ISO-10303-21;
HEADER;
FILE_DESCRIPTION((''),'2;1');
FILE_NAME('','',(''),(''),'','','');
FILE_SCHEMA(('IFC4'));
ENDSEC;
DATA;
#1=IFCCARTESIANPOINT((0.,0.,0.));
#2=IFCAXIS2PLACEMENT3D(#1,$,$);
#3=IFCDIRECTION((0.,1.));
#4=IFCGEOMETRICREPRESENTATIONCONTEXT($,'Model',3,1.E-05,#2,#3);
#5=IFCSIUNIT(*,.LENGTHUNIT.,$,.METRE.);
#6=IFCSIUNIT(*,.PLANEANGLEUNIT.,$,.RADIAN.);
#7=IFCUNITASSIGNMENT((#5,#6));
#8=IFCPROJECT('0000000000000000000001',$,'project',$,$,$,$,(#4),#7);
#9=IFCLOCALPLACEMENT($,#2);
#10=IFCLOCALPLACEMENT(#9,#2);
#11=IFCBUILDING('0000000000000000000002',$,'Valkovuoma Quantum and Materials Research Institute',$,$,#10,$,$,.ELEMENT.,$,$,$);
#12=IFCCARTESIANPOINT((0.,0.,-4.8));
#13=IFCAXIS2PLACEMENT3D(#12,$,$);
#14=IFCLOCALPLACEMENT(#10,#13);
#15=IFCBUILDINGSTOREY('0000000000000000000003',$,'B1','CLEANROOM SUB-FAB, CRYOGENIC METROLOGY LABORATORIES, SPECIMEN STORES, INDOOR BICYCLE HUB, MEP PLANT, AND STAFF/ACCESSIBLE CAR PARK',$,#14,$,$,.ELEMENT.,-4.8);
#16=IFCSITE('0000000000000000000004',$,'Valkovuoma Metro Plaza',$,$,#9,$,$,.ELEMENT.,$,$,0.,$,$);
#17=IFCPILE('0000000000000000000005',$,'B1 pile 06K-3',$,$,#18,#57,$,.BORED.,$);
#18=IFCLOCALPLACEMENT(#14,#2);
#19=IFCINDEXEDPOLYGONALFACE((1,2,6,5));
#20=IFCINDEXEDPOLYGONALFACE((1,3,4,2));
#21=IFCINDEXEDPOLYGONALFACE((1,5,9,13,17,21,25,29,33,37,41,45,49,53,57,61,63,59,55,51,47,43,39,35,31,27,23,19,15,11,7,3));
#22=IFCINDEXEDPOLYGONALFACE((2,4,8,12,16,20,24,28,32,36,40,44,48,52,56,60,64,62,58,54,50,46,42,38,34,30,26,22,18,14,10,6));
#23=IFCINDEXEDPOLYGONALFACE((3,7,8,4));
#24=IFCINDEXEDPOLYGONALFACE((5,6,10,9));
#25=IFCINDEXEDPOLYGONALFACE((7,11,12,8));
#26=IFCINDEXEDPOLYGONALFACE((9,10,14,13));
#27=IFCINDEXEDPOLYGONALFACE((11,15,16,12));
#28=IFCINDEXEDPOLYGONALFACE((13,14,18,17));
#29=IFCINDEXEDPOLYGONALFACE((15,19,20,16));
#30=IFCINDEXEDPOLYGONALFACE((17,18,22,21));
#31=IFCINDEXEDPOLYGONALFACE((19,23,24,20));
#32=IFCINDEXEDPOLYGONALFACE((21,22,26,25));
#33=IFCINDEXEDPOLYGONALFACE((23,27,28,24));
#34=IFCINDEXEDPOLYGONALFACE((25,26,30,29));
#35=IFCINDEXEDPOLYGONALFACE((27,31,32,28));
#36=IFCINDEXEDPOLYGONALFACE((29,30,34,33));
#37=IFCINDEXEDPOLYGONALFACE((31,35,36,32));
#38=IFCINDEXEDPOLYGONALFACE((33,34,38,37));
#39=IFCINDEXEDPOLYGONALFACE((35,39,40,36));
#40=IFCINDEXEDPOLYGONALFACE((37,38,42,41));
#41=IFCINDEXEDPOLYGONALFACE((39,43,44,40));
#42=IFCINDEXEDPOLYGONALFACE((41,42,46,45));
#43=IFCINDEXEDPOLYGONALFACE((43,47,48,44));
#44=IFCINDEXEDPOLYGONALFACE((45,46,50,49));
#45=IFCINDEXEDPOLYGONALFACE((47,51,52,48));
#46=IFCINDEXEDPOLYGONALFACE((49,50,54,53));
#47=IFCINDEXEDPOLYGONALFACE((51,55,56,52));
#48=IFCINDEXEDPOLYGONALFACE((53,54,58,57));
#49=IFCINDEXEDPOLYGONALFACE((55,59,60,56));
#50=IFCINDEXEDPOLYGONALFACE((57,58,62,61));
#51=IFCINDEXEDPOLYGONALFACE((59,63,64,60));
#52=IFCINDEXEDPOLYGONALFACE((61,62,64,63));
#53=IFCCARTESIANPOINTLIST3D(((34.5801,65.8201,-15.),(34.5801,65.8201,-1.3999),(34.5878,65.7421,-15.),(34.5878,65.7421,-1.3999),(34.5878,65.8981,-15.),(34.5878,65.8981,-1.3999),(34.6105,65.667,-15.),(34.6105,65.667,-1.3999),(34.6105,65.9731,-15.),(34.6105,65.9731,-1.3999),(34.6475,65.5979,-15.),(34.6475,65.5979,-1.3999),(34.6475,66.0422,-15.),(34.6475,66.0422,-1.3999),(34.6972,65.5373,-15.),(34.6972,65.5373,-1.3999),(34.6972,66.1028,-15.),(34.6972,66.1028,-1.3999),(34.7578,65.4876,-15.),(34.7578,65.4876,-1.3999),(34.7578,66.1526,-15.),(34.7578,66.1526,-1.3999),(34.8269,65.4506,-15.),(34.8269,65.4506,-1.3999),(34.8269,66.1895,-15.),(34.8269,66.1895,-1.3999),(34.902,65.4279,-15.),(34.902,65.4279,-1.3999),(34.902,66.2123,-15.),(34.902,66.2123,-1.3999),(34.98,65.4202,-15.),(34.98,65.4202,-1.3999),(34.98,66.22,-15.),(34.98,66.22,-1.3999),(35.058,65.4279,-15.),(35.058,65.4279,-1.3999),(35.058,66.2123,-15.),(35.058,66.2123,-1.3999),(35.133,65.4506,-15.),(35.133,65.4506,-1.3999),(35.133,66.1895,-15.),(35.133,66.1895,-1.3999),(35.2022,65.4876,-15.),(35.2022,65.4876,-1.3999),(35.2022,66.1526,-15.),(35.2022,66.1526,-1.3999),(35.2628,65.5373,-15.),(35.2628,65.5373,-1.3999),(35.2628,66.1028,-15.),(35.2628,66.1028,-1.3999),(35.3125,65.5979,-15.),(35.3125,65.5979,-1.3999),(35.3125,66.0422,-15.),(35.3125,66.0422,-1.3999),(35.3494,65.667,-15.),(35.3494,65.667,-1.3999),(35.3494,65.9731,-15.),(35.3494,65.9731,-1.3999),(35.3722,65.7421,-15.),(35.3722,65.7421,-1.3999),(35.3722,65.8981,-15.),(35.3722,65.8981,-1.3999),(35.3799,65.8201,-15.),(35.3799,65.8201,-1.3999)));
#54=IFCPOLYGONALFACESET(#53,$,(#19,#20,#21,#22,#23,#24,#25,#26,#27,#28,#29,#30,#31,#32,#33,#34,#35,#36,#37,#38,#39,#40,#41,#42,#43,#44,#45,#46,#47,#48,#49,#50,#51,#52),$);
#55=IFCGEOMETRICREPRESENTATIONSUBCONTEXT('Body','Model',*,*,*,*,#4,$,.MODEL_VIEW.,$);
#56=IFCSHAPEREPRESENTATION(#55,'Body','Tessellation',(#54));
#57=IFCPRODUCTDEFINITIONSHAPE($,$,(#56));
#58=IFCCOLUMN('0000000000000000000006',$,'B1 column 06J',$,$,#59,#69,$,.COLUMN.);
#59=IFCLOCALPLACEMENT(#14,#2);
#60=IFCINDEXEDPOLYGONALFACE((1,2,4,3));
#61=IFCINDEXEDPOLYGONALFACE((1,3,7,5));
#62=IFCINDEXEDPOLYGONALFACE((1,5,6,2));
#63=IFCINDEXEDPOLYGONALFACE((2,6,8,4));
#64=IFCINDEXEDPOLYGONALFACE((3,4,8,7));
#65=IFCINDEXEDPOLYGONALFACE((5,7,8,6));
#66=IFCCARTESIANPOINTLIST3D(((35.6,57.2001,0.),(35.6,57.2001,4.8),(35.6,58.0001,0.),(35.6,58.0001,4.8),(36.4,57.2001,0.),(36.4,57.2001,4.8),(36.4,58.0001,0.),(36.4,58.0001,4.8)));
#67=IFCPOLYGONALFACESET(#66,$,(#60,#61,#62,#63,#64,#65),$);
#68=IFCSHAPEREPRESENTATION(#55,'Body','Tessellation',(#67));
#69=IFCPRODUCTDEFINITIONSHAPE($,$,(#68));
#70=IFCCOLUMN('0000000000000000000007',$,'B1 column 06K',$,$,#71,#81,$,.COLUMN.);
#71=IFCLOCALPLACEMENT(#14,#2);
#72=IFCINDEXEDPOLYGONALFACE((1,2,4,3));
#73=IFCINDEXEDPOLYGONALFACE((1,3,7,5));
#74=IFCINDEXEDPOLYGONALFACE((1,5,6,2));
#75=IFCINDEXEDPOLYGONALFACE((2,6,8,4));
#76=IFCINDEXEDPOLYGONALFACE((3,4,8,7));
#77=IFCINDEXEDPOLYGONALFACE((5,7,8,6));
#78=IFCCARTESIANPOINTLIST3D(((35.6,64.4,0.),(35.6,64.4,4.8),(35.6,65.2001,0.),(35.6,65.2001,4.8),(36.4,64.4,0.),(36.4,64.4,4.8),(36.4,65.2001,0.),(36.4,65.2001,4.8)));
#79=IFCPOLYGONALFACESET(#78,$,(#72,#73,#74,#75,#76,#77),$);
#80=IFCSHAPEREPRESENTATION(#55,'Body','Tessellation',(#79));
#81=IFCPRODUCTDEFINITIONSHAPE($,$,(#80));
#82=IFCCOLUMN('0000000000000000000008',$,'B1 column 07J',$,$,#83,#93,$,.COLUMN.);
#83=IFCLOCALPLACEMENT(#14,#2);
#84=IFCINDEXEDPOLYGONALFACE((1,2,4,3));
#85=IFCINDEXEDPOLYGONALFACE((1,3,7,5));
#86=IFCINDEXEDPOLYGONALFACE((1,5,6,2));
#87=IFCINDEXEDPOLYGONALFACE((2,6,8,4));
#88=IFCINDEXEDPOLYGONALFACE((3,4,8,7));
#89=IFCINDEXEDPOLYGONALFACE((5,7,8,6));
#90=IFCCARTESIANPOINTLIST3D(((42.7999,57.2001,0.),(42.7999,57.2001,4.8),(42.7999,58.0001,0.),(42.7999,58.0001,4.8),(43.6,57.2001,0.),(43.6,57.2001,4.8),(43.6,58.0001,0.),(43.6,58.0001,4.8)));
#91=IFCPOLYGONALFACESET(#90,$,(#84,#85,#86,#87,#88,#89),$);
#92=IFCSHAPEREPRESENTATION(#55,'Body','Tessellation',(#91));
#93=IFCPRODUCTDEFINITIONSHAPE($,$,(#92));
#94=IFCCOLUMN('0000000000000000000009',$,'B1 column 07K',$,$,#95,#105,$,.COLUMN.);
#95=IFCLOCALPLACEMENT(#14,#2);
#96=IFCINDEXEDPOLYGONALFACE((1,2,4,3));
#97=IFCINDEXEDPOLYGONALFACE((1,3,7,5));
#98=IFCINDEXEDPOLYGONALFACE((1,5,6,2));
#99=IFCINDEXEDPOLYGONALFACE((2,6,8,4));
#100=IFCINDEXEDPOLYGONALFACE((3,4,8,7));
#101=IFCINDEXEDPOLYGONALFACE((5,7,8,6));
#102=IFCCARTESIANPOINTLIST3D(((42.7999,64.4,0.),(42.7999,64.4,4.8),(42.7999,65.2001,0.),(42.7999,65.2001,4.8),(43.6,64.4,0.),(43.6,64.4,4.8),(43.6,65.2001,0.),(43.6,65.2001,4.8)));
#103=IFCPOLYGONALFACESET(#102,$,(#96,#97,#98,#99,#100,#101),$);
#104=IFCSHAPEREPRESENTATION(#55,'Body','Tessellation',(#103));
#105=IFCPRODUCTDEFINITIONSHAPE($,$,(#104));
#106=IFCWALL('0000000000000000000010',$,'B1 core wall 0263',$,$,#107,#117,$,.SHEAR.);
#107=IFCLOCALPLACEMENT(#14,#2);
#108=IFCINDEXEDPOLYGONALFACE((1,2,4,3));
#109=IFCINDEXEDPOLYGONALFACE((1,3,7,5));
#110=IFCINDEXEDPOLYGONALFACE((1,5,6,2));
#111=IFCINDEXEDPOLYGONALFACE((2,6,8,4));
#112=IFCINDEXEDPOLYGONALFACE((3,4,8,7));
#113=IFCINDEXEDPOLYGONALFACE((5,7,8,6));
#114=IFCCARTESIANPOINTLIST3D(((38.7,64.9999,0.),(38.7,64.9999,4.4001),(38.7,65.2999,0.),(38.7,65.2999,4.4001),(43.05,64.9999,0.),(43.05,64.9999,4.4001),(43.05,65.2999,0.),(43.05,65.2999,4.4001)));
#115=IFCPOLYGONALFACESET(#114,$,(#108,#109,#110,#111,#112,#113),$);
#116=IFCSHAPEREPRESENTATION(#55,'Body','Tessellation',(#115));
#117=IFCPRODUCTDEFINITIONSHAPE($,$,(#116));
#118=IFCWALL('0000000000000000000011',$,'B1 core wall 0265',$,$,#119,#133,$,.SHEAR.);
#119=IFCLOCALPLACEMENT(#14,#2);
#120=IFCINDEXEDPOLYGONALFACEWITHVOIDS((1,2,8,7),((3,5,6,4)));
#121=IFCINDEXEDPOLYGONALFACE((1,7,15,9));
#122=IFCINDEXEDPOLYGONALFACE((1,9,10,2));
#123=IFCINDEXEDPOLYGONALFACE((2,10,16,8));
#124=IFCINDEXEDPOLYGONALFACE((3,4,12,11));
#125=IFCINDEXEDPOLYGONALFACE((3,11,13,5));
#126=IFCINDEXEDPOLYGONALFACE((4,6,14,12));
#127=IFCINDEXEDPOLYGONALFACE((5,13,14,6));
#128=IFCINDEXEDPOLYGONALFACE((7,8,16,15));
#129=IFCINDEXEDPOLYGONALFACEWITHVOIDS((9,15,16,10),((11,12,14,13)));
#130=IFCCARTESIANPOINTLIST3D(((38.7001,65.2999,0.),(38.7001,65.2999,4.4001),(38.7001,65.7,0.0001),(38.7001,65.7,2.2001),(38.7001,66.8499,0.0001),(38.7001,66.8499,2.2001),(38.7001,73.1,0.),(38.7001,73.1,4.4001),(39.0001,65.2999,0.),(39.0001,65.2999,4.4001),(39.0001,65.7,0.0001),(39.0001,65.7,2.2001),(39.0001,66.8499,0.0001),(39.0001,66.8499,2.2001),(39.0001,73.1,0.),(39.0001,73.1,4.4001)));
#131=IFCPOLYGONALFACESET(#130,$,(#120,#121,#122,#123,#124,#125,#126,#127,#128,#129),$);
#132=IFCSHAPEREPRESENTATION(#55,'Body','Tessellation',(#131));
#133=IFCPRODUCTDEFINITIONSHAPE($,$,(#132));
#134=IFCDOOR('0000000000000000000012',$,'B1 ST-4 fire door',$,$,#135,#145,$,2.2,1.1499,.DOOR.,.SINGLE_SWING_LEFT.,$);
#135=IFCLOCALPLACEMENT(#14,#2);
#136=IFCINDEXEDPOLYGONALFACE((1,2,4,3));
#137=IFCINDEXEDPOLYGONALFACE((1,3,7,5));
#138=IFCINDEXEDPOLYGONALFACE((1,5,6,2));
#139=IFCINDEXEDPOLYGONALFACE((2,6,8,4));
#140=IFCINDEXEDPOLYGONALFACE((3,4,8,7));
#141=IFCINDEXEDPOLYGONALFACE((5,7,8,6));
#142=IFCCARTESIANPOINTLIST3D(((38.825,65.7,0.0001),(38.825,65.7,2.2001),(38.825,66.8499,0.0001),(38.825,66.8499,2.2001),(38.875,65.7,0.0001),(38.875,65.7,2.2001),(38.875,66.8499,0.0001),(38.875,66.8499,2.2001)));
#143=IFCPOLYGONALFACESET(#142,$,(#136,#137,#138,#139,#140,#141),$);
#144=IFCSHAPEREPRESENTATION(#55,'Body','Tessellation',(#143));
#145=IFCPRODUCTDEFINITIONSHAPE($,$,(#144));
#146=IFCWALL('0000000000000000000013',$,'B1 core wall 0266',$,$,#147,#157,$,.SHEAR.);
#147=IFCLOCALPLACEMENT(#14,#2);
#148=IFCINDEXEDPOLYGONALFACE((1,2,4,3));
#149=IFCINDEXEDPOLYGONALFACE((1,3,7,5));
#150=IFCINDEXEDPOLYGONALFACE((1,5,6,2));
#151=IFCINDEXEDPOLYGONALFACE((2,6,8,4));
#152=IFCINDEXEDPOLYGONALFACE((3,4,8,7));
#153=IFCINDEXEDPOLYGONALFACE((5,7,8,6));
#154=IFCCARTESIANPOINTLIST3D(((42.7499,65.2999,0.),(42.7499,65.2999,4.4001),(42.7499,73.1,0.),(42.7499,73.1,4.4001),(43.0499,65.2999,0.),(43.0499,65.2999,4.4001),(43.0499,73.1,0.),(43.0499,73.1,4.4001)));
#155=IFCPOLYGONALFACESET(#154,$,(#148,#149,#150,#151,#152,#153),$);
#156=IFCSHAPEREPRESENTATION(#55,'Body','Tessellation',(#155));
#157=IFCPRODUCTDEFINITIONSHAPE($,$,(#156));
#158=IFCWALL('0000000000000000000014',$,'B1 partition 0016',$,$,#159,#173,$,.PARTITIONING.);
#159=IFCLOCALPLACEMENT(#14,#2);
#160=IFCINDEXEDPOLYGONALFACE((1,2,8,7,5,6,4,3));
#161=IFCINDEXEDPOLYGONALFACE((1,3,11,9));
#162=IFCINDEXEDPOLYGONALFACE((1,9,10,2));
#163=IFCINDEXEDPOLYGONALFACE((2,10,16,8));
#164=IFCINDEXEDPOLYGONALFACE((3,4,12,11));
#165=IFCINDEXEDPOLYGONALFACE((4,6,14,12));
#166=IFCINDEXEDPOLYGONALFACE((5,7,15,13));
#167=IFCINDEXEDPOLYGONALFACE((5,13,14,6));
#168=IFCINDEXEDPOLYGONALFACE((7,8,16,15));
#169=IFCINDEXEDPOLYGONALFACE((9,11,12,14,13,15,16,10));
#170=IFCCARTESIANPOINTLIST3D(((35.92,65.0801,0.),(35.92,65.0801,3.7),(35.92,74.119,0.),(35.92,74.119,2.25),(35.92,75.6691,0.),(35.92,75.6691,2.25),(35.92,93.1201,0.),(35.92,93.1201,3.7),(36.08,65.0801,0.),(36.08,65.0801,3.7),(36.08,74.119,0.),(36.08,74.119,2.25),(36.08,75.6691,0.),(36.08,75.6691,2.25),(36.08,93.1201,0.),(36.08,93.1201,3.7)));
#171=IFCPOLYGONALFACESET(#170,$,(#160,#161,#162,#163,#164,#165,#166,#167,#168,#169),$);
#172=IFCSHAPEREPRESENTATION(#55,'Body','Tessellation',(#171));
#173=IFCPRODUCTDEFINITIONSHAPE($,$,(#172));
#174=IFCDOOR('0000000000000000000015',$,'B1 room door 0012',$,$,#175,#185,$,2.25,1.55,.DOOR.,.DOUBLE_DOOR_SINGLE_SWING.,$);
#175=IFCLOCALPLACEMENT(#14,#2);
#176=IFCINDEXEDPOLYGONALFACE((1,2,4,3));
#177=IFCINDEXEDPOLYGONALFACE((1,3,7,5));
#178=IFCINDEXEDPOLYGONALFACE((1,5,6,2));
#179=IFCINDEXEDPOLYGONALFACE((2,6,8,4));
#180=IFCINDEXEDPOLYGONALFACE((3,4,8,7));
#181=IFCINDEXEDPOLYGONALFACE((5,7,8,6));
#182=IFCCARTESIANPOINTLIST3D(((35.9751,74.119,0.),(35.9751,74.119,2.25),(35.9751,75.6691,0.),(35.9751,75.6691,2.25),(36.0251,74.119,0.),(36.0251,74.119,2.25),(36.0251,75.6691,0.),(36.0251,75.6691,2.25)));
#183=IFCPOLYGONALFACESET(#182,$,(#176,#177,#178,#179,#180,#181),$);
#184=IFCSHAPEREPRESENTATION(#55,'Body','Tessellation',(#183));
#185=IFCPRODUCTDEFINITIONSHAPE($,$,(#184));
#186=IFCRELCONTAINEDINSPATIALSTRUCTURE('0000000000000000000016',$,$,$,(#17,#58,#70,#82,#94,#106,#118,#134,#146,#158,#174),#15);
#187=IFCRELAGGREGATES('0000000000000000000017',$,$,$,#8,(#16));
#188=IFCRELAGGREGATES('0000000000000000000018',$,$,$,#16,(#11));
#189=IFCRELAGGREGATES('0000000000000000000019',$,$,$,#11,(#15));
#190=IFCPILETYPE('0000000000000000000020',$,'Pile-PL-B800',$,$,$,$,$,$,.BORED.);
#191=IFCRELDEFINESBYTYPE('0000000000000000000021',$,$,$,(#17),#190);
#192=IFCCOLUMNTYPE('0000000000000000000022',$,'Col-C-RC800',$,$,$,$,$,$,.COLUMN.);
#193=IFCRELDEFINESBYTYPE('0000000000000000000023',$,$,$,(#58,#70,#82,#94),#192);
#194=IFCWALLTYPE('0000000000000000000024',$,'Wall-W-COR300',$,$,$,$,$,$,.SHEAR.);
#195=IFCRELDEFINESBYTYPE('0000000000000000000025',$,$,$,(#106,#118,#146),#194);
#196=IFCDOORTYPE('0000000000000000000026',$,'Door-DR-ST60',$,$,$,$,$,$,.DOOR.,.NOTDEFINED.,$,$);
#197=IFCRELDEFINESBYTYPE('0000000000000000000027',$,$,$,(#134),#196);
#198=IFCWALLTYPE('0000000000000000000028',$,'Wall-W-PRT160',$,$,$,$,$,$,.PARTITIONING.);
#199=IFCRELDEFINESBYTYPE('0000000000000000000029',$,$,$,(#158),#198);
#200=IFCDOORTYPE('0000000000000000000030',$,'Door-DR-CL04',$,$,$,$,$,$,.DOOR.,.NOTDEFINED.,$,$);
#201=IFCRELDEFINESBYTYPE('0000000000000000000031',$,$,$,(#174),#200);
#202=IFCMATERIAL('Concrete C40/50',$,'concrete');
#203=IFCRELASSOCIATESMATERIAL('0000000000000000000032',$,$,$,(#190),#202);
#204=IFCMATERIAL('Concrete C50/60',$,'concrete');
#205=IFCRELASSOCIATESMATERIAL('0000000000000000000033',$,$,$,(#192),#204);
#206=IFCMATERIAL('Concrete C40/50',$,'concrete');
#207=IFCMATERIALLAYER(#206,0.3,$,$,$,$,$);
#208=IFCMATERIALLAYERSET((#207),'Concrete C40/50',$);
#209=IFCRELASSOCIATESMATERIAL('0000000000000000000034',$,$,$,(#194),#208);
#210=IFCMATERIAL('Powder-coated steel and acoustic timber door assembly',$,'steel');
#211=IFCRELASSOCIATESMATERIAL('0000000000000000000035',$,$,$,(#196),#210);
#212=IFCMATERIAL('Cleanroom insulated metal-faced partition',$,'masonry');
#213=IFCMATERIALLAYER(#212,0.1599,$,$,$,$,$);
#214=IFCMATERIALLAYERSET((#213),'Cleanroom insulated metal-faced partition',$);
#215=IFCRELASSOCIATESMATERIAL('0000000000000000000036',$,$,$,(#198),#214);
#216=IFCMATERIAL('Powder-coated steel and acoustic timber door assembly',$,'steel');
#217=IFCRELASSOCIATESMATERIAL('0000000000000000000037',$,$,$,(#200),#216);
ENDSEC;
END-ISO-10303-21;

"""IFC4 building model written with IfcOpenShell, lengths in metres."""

from ifc_helpers import new_model, si_unit, direction, frame, frame_2d, origin, origin_2d, place, context, subcontext, project, spatial, rectangle, circle, extrude, material, layer, layer_set, material_profile, profile_set, type_object, element, fill, save


model = new_model("IFC4")

# Units and contexts
model_context = context("Model", 3, precision=1e-05, world=origin(), true_north=direction((0.0, 1.0)))
body_context = subcontext(model_context, "Body", "Model", "MODEL_VIEW")
ifc_project = project(units=[si_unit("LENGTHUNIT", "METRE"), si_unit("PLANEANGLEUNIT", "RADIAN")], contexts=[model_context])

# Site, building, storey
site_placement = place(None, origin())
site = spatial("IfcSite", under=ifc_project, at=site_placement, Name="Valkovuoma Metro Plaza", CompositionType="ELEMENT", RefElevation=0.0)
building_placement = place(site_placement, origin())
building = spatial("IfcBuilding", under=site, at=building_placement, Name="Valkovuoma Quantum and Materials Research Institute", CompositionType="ELEMENT")
storey_placement = place(building_placement, frame((0.0, 0.0, -4.8)))
storey = spatial("IfcBuildingStorey", under=building, at=storey_placement, Name="B1", Description="CLEANROOM SUB-FAB, CRYOGENIC METROLOGY LABORATORIES, SPECIMEN STORES, INDOOR BICYCLE HUB, MEP PLANT, AND STAFF/ACCESSIBLE CAR PARK", CompositionType="ELEMENT", Elevation=-4.8)

# Pile
ifc_material_1 = material(Name="Concrete C40/50", Category="concrete")
ifc_material_profile_1 = material_profile(ifc_material_1, circle(Radius=0.3999, at=origin_2d()), Name="Concrete C40/50")
ifc_profile_set_1 = profile_set([ifc_material_profile_1], Name="Concrete C40/50")
pile_type_1 = type_object("IfcPileType", Name="Pile-PL-B800", PredefinedType="BORED", material=ifc_profile_set_1)
for number, where, z_axis, x_axis, name in (
    (1, (34.98, 65.8201, -1.3999), (0.0, 0.0, -1.0), (1.0, 0.0, 0.0), "B1 pile 06K-3"),
):
    element("IfcPile", number, at=place(storey_placement, frame(where, z_axis=z_axis, x_axis=x_axis)), inside=storey, type_object=pile_type_1, Name=name, PredefinedType="BORED", context=body_context, shape_type="SweptSolid", body=[
        extrude(circle(Radius=0.3999, at=origin_2d()), origin(), (0.0, 0.0, 1.0), 13.6001),
    ])

# Columns
ifc_material_2 = material(Name="Concrete C50/60", Category="concrete")
ifc_material_profile_2 = material_profile(ifc_material_2, rectangle(XDim=0.8, YDim=0.8, at=origin_2d()), Name="Concrete C50/60")
ifc_profile_set_2 = profile_set([ifc_material_profile_2], Name="Concrete C50/60")
column_type = type_object("IfcColumnType", Name="Col-C-RC800", PredefinedType="COLUMN", material=ifc_profile_set_2)
for number, where, z_axis, x_axis, name in (
    (2, (36.0, 57.6001, 0.0), (0.0, 0.0, 1.0), (1.0, 0.0, 0.0), "B1 column 06J"),
    (3, (36.0, 64.8, 0.0), (0.0, 0.0, 1.0), (1.0, 0.0, 0.0), "B1 column 06K"),
    (4, (43.2, 57.6001, 0.0), (0.0, 0.0, 1.0), (1.0, 0.0, 0.0), "B1 column 07J"),
    (5, (43.2, 64.8, 0.0), (0.0, 0.0, 1.0), (1.0, 0.0, 0.0), "B1 column 07K"),
):
    element("IfcColumn", number, at=place(storey_placement, frame(where, z_axis=z_axis, x_axis=x_axis)), inside=storey, type_object=column_type, Name=name, PredefinedType="COLUMN", context=body_context, shape_type="SweptSolid", body=[
        extrude(rectangle(XDim=0.8, YDim=0.8, at=origin_2d()), origin(), (0.0, 0.0, 1.0), 4.8),
    ])

# Wall
ifc_material_3 = material(Name="Concrete C40/50", Category="concrete")
ifc_layer_1 = layer(ifc_material_3, 0.3)
ifc_layer_set_1 = layer_set([ifc_layer_1], Name="Concrete C40/50")
wall_type_1 = type_object("IfcWallType", Name="Wall-W-COR300", PredefinedType="SHEAR", material=ifc_layer_set_1)
wall_1_placement = place(storey_placement, frame((38.7, 65.1499, 0.0), z_axis=(0.0, 0.0, 1.0), x_axis=(1.0, 0.0, 0.0)))
element("IfcWall", 6, at=wall_1_placement, inside=storey, type_object=wall_type_1, Name="B1 core wall 0263", PredefinedType="SHEAR", context=body_context, shape_type="SweptSolid", body=[
    extrude(rectangle(XDim=4.3501, YDim=0.3, at=frame_2d((2.175, 0.0))), origin(), (0.0, 0.0, 1.0), 4.4001),
])

# Wall, opening, door
wall_2_placement = place(storey_placement, frame((38.8501, 65.3, 0.0), z_axis=(0.0, 0.0, 1.0), x_axis=(0.0, 1.0, 0.0)))
wall_2 = element("IfcWall", 7, at=wall_2_placement, inside=storey, type_object=wall_type_1, Name="B1 core wall 0265", PredefinedType="SHEAR", context=body_context, shape_type="SweptSolid", body=[
    extrude(rectangle(XDim=7.8, YDim=0.3, at=frame_2d((3.8999, 0.0))), origin(), (0.0, 0.0, 1.0), 4.4001),
])
opening_1_placement = place(wall_2_placement, frame((0.3999, 0.0, 0.0)))
opening_1 = element("IfcOpeningElement", 8, at=opening_1_placement, cuts=wall_2, PredefinedType="OPENING", context=body_context, shape_type="SweptSolid", body=[
    extrude(rectangle(XDim=1.1499, YDim=2.2, at=frame_2d((0.575, 1.1001))), frame((0.0, 0.1602, 0.0), z_axis=(0.0, -1.0, 0.0), x_axis=(1.0, 0.0, 0.0)), (0.0, 0.0, 1.0), 0.3201),
])
ifc_material_4 = material(Name="Powder-coated steel and acoustic timber door assembly", Category="steel")
door_type_1 = type_object("IfcDoorType", Name="Door-DR-ST60", OperationType="NOTDEFINED", PredefinedType="DOOR", material=ifc_material_4)
door_1_placement = place(opening_1_placement, frame((1.1499, 0.0, 0.0), z_axis=(0.0, 0.0, 1.0), x_axis=(-1.0, 0.0, 0.0)))
door_1 = element("IfcDoor", 9, at=door_1_placement, inside=storey, type_object=door_type_1, Name="B1 ST-4 fire door", OperationType="SINGLE_SWING_LEFT", OverallHeight=2.2, OverallWidth=1.1499, PredefinedType="DOOR", context=body_context, shape_type="SweptSolid", body=[
    extrude(rectangle(XDim=1.1499, YDim=2.2, at=frame_2d((0.575, 1.1001))), frame((0.0, 0.0249, 0.0), z_axis=(0.0, -1.0, 0.0), x_axis=(1.0, 0.0, 0.0)), (0.0, 0.0, 1.0), 0.05),
])
fill(opening_1, door_1)

# Wall
wall_3_placement = place(storey_placement, frame((42.8999, 65.3, 0.0), z_axis=(0.0, 0.0, 1.0), x_axis=(0.0, 1.0, 0.0)))
element("IfcWall", 10, at=wall_3_placement, inside=storey, type_object=wall_type_1, Name="B1 core wall 0266", PredefinedType="SHEAR", context=body_context, shape_type="SweptSolid", body=[
    extrude(rectangle(XDim=7.8, YDim=0.3, at=frame_2d((3.8999, 0.0))), origin(), (0.0, 0.0, 1.0), 4.4001),
])

# Wall, opening, door
ifc_material_5 = material(Name="Cleanroom insulated metal-faced partition", Category="masonry")
ifc_layer_2 = layer(ifc_material_5, 0.1599)
ifc_layer_set_2 = layer_set([ifc_layer_2], Name="Cleanroom insulated metal-faced partition")
wall_type_2 = type_object("IfcWallType", Name="Wall-W-PRT160", PredefinedType="PARTITIONING", material=ifc_layer_set_2)
wall_4_placement = place(storey_placement, frame((36.0, 65.0801, 0.0), z_axis=(0.0, 0.0, 1.0), x_axis=(0.0, 1.0, 0.0)))
wall_4 = element("IfcWall", 11, at=wall_4_placement, inside=storey, type_object=wall_type_2, Name="B1 partition 0016", PredefinedType="PARTITIONING", context=body_context, shape_type="SweptSolid", body=[
    extrude(rectangle(XDim=28.04, YDim=0.1599, at=frame_2d((14.02, 0.0))), origin(), (0.0, 0.0, 1.0), 3.7),
])
opening_2_placement = place(wall_4_placement, frame((9.0391, 0.0, 0.0)))
opening_2 = element("IfcOpeningElement", 12, at=opening_2_placement, cuts=wall_4, PredefinedType="OPENING", context=body_context, shape_type="SweptSolid", body=[
    extrude(rectangle(XDim=1.55, YDim=2.25, at=frame_2d((0.7749, 1.125))), frame((0.0, 0.0898, 0.0), z_axis=(0.0, -1.0, 0.0), x_axis=(1.0, 0.0, 0.0)), (0.0, 0.0, 1.0), 0.1799),
])
ifc_material_6 = material(Name="Powder-coated steel and acoustic timber door assembly", Category="steel")
door_type_2 = type_object("IfcDoorType", Name="Door-DR-CL04", OperationType="NOTDEFINED", PredefinedType="DOOR", material=ifc_material_6)
door_2_placement = place(opening_2_placement, origin())
door_2 = element("IfcDoor", 13, at=door_2_placement, inside=storey, type_object=door_type_2, Name="B1 room door 0012", OperationType="DOUBLE_DOOR_SINGLE_SWING", OverallHeight=2.25, OverallWidth=1.55, PredefinedType="DOOR", context=body_context, shape_type="SweptSolid", body=[
    extrude(rectangle(XDim=1.55, YDim=2.25, at=frame_2d((0.7749, 1.125))), frame((0.0, 0.0249, 0.0), z_axis=(0.0, -1.0, 0.0), x_axis=(1.0, 0.0, 0.0)), (0.0, 0.0, 1.0), 0.05),
])
fill(opening_2, door_2)

save(model, "model.ifc")
